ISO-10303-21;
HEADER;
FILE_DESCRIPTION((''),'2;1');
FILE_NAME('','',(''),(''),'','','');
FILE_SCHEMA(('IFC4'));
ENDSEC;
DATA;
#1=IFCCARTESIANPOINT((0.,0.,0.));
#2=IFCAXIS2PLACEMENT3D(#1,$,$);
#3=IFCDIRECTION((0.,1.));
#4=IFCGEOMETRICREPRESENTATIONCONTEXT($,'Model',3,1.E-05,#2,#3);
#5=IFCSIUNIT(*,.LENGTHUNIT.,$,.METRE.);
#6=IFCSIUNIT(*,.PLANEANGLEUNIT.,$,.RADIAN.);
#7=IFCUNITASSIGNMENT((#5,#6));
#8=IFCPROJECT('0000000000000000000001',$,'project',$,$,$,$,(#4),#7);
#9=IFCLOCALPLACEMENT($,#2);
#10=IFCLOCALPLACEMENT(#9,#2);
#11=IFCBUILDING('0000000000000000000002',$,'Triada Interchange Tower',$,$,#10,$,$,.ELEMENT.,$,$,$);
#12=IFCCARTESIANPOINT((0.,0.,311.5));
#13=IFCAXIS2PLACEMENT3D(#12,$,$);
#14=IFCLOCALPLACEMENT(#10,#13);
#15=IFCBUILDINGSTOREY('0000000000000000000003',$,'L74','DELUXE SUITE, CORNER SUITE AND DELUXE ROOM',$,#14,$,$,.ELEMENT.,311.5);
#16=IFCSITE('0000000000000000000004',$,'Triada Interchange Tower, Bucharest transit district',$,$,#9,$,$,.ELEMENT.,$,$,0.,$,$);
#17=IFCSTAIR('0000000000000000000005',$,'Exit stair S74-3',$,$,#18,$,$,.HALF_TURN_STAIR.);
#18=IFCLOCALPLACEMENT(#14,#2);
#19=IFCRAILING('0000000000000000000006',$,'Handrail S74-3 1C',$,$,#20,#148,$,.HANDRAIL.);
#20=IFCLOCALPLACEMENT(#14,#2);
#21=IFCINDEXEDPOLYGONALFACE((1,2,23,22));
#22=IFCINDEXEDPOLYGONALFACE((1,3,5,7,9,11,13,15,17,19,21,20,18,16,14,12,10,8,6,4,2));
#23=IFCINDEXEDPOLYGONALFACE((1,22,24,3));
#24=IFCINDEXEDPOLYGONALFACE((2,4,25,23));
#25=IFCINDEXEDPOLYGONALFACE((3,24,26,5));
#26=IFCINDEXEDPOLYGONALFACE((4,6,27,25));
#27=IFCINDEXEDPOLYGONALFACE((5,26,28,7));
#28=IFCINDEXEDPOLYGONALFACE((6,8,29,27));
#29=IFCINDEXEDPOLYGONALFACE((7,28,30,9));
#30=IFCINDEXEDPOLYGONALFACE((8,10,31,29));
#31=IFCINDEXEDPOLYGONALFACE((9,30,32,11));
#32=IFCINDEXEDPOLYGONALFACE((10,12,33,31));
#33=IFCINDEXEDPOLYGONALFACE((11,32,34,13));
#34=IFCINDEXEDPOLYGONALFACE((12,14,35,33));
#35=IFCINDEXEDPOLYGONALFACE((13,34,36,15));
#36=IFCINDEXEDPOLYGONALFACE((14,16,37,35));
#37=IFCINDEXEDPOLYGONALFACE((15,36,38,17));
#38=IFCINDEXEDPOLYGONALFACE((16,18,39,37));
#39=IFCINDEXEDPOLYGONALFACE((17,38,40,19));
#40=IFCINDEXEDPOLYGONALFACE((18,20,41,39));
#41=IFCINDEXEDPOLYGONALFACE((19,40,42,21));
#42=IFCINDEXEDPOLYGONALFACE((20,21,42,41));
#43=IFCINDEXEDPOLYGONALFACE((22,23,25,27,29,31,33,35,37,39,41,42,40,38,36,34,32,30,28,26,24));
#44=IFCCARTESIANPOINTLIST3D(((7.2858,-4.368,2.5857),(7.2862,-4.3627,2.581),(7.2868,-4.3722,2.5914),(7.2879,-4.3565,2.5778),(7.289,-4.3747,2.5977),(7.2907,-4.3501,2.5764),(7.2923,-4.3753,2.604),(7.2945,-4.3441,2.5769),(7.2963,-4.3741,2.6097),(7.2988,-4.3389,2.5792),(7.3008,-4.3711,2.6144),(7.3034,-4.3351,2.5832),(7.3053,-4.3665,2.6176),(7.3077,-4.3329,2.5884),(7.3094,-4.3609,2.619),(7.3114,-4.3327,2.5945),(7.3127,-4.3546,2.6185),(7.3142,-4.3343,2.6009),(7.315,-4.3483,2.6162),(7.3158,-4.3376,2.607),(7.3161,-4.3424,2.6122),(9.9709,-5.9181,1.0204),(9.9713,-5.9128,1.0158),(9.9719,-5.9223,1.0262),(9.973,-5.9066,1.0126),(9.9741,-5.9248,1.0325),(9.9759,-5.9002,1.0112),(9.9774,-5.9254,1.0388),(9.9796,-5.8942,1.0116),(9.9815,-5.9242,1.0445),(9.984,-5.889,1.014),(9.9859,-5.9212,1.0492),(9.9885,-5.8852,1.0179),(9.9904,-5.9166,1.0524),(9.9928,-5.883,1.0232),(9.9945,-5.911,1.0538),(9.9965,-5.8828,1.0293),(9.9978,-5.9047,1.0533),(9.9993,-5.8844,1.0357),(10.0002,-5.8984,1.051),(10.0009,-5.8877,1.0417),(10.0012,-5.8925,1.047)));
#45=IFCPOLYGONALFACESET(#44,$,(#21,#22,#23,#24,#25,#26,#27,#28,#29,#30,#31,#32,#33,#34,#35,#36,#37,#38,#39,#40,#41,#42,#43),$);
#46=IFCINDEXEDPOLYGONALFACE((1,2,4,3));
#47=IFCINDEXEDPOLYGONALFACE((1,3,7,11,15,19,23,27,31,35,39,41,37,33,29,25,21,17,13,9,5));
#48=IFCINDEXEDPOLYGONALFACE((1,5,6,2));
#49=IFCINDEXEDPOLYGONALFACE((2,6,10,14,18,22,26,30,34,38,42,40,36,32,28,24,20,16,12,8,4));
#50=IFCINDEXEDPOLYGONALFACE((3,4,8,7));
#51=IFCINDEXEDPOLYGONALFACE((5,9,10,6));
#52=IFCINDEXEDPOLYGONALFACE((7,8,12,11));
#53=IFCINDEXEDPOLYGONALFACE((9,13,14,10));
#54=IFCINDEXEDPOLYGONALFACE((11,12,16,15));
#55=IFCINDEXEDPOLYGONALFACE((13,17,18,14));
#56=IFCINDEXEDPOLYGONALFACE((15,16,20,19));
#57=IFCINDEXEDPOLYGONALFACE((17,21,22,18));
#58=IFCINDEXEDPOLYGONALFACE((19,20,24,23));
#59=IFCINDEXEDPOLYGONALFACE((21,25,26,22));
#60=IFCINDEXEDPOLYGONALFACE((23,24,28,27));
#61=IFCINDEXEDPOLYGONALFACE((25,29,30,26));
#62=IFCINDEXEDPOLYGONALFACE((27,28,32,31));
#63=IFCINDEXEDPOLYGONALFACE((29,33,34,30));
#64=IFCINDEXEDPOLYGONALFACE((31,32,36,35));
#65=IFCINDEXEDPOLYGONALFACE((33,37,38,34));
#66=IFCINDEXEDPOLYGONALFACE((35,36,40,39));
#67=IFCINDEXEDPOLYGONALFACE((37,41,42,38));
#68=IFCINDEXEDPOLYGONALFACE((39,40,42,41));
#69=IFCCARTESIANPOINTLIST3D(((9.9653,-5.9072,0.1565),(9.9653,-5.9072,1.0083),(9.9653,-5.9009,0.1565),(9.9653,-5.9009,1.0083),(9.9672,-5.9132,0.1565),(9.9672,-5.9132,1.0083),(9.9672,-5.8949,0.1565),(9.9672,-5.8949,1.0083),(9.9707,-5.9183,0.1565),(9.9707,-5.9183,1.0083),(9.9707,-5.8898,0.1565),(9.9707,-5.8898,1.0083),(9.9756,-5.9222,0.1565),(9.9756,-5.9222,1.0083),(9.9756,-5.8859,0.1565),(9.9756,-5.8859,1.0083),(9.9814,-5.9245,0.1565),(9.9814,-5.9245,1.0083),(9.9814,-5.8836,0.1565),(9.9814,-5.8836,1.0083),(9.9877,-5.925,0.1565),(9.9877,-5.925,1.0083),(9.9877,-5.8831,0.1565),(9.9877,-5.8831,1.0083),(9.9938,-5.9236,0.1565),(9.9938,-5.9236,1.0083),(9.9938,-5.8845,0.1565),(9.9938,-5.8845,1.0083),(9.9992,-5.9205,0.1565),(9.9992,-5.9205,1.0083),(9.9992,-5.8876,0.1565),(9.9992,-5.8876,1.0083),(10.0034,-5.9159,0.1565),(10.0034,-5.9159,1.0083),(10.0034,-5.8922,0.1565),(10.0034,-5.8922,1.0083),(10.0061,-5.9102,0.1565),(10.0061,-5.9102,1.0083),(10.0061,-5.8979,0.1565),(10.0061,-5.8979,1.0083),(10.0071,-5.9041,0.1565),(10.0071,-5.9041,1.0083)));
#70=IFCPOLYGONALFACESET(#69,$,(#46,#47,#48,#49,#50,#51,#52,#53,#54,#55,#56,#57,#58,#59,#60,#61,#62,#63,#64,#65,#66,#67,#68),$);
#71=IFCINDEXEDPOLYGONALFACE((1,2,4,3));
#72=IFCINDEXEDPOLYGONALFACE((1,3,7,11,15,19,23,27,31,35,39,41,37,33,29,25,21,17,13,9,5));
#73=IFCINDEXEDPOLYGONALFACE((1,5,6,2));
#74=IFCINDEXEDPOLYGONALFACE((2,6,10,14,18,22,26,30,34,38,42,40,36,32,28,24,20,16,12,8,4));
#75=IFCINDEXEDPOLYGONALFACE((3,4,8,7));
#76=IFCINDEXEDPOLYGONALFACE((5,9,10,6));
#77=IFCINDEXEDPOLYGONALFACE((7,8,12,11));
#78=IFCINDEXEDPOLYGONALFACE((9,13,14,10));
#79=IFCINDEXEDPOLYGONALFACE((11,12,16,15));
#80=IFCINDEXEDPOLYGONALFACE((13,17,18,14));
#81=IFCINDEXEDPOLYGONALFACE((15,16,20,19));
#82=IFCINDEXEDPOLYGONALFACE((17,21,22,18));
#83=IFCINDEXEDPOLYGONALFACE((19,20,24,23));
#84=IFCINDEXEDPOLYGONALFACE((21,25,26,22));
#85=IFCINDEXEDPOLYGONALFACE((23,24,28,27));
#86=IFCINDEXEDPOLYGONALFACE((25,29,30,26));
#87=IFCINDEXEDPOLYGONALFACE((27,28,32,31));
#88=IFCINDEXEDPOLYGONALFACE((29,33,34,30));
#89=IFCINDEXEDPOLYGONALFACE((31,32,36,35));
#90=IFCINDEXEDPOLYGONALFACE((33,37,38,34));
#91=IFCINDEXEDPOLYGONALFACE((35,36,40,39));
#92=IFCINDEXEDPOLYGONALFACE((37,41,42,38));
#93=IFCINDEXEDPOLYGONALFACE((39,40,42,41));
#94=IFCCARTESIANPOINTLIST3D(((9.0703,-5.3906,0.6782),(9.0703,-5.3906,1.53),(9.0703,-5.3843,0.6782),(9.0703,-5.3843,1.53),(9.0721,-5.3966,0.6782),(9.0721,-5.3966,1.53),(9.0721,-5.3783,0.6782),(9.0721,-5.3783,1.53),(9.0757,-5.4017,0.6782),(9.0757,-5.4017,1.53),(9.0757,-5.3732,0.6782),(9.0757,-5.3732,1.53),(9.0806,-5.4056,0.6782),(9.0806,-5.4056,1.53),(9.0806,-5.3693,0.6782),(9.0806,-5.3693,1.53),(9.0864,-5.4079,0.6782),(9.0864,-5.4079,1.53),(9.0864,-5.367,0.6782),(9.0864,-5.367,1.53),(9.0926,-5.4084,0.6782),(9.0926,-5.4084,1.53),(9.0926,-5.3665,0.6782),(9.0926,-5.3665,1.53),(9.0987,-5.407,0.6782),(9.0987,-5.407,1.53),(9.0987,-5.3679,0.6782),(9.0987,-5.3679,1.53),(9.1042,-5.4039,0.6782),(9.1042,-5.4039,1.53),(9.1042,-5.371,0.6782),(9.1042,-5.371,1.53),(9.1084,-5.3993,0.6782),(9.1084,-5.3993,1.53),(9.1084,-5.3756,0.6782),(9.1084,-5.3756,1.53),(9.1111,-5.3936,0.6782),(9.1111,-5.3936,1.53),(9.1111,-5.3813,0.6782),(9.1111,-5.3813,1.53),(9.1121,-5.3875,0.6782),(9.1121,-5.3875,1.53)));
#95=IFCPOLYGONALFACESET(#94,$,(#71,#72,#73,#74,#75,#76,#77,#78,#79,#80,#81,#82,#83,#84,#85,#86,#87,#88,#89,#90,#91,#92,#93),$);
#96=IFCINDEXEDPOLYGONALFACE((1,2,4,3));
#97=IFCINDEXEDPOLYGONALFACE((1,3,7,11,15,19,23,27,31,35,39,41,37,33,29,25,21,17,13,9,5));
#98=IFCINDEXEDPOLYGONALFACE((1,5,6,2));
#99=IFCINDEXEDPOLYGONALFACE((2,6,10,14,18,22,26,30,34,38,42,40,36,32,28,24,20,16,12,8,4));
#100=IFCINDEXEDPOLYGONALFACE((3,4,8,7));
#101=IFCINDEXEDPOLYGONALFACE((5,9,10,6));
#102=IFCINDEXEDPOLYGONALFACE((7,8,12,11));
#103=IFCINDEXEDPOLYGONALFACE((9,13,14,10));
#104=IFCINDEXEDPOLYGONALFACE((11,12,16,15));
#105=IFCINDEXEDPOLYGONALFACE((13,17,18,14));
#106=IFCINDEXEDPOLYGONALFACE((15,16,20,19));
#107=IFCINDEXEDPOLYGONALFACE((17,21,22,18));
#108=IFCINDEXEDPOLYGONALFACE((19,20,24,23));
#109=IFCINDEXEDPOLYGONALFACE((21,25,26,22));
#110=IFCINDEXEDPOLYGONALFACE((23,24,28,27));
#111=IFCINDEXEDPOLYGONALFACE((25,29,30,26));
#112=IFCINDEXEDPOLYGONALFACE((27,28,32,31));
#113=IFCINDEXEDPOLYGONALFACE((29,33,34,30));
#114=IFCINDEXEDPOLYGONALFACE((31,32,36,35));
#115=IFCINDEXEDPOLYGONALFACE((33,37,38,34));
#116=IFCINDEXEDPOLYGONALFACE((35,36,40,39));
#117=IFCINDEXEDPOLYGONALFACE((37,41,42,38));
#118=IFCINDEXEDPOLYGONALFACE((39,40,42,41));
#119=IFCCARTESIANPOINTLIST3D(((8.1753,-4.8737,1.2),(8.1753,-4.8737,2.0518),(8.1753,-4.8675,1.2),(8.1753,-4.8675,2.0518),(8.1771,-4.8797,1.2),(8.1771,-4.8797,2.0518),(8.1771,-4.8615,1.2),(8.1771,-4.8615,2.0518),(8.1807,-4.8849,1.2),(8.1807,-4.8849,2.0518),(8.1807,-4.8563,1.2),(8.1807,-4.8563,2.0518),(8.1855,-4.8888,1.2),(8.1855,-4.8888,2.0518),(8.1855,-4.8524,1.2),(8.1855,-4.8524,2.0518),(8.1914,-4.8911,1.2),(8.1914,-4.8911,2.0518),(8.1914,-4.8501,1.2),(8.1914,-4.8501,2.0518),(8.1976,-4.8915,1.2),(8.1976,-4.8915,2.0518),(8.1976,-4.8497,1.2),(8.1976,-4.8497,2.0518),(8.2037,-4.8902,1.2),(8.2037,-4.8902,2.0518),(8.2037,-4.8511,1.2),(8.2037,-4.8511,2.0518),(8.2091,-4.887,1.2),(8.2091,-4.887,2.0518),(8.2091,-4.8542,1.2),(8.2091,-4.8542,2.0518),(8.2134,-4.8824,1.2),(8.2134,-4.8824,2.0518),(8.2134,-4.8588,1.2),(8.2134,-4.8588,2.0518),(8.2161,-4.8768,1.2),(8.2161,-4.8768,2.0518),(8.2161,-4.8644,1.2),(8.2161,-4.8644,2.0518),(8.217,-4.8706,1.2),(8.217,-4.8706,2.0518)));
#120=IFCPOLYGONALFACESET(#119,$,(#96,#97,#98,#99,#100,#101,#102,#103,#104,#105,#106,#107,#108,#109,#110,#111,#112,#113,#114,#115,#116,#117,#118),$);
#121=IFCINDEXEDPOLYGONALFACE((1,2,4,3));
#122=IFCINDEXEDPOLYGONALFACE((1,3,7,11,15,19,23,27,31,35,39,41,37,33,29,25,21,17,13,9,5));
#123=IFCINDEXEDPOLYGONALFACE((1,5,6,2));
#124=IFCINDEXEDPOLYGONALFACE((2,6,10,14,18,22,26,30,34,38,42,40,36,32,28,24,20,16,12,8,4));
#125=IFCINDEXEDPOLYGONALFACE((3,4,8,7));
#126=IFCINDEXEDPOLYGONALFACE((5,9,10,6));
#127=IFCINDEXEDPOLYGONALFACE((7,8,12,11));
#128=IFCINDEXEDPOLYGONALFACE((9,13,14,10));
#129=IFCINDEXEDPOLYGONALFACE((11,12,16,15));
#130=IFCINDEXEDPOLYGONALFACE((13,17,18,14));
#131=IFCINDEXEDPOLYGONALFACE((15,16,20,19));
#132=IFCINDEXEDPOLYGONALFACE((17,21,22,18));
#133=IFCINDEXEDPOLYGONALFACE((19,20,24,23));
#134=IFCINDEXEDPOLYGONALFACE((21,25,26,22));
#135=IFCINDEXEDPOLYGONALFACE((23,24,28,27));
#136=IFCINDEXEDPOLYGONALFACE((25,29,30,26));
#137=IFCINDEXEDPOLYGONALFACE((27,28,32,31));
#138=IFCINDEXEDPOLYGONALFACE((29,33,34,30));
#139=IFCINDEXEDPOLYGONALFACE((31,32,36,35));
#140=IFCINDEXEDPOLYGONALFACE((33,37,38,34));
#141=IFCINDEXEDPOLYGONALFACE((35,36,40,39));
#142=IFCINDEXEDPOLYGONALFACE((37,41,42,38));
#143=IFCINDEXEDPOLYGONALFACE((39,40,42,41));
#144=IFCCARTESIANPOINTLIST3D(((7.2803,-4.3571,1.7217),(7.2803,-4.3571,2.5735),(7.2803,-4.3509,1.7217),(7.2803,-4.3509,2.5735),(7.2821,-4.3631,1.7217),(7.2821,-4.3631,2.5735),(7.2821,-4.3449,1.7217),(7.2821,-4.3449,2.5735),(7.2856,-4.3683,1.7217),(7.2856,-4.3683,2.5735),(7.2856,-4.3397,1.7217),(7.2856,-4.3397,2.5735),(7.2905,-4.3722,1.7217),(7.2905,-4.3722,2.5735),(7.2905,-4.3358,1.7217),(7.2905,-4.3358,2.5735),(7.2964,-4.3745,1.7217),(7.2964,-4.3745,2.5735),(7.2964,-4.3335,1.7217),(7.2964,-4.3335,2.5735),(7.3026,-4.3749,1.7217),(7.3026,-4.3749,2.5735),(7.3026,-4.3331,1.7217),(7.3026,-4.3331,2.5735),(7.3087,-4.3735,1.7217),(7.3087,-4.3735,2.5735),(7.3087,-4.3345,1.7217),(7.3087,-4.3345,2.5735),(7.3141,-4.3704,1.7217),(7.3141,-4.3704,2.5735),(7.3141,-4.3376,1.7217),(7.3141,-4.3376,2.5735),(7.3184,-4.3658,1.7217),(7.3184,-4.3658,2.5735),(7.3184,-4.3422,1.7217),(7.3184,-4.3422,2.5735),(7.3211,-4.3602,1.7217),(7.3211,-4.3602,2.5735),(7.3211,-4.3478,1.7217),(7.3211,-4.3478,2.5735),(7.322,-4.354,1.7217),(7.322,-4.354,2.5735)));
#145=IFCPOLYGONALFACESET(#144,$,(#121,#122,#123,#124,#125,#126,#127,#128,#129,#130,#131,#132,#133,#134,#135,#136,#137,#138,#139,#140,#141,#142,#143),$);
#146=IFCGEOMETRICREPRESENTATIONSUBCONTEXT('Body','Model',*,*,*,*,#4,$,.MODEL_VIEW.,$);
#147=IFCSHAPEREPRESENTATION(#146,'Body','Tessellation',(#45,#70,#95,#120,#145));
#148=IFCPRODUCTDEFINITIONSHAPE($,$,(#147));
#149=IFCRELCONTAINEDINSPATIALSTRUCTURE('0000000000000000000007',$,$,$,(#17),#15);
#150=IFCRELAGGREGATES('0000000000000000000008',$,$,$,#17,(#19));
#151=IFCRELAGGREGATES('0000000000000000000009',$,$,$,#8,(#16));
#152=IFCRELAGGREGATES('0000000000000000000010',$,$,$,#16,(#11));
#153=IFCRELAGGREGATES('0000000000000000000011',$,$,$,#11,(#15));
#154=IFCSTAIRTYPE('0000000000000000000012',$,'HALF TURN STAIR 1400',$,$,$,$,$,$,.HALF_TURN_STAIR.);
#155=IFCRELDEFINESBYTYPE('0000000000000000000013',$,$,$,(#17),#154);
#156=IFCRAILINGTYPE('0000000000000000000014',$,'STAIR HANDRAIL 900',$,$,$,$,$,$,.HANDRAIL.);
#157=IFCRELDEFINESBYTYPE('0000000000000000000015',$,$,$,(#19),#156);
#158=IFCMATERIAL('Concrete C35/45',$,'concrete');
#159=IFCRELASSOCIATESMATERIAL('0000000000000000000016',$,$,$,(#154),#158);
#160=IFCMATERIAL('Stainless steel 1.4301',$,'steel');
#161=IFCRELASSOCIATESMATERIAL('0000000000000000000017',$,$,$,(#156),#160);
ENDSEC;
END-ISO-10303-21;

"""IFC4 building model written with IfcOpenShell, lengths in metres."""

from ifc_helpers import new_model, si_unit, direction, frame, origin, origin_2d, place, context, subcontext, project, spatial, circle, extrude, material, type_object, element, aggregate, save


model = new_model("IFC4")

# Units and contexts
model_context = context("Model", 3, precision=1e-05, world=origin(), true_north=direction((0.0, 1.0)))
body_context = subcontext(model_context, "Body", "Model", "MODEL_VIEW")
ifc_project = project(units=[si_unit("LENGTHUNIT", "METRE"), si_unit("PLANEANGLEUNIT", "RADIAN")], contexts=[model_context])

# Site, building, storey
site_placement = place(None, origin())
site = spatial("IfcSite", under=ifc_project, at=site_placement, Name="Triada Interchange Tower, Bucharest transit district", CompositionType="ELEMENT", RefElevation=0.0)
building_placement = place(site_placement, origin())
building = spatial("IfcBuilding", under=site, at=building_placement, Name="Triada Interchange Tower", CompositionType="ELEMENT")
storey_placement = place(building_placement, frame((0.0, 0.0, 311.5)))
storey = spatial("IfcBuildingStorey", under=building, at=storey_placement, Name="L74", Description="DELUXE SUITE, CORNER SUITE AND DELUXE ROOM", CompositionType="ELEMENT", Elevation=311.5)

# Stair, railing
ifc_material_1 = material(Name="Concrete C35/45", Category="concrete")
stair_type = type_object("IfcStairType", Name="HALF TURN STAIR 1400", PredefinedType="HALF_TURN_STAIR", material=ifc_material_1)
stair_placement = place(storey_placement, origin())
stair = element("IfcStair", 1, at=stair_placement, inside=storey, type_object=stair_type, Name="Exit stair S74-3", PredefinedType="HALF_TURN_STAIR")
ifc_material_2 = material(Name="Stainless steel 1.4301", Category="steel")
railing_type = type_object("IfcRailingType", Name="STAIR HANDRAIL 900", PredefinedType="HANDRAIL", material=ifc_material_2)
railing_1_placement = place(storey_placement, frame((9.9861, -5.9041, 0.1565)))
railing_1 = element("IfcRailing", 2, at=railing_1_placement, type_object=railing_type, Name="Handrail S74-3 1C", PredefinedType="HANDRAIL", context=body_context, shape_type="SweptSolid", body=[
    extrude(circle(Radius=0.0239, at=origin_2d()), frame((0.0, 0.0, 0.876), z_axis=(-0.773115, 0.446309, 0.450667), x_axis=(-0.499959, -0.866049, 0.0)), (0.0, 0.0, 1.0), 3.4731),
    extrude(circle(Radius=0.021, at=origin_2d()), origin(), (0.0, 0.0, 1.0), 0.8518),
    extrude(circle(Radius=0.021, at=origin_2d()), frame((-0.895, 0.5166, 0.5217)), (0.0, 0.0, 1.0), 0.8518),
    extrude(circle(Radius=0.021, at=origin_2d()), frame((-1.79, 1.0334, 1.0435)), (0.0, 0.0, 1.0), 0.8518),
    extrude(circle(Radius=0.021, at=origin_2d()), frame((-2.6851, 1.55, 1.5652)), (0.0, 0.0, 1.0), 0.8518),
])
aggregate(stair, [railing_1])

save(model, "model.ifc")
